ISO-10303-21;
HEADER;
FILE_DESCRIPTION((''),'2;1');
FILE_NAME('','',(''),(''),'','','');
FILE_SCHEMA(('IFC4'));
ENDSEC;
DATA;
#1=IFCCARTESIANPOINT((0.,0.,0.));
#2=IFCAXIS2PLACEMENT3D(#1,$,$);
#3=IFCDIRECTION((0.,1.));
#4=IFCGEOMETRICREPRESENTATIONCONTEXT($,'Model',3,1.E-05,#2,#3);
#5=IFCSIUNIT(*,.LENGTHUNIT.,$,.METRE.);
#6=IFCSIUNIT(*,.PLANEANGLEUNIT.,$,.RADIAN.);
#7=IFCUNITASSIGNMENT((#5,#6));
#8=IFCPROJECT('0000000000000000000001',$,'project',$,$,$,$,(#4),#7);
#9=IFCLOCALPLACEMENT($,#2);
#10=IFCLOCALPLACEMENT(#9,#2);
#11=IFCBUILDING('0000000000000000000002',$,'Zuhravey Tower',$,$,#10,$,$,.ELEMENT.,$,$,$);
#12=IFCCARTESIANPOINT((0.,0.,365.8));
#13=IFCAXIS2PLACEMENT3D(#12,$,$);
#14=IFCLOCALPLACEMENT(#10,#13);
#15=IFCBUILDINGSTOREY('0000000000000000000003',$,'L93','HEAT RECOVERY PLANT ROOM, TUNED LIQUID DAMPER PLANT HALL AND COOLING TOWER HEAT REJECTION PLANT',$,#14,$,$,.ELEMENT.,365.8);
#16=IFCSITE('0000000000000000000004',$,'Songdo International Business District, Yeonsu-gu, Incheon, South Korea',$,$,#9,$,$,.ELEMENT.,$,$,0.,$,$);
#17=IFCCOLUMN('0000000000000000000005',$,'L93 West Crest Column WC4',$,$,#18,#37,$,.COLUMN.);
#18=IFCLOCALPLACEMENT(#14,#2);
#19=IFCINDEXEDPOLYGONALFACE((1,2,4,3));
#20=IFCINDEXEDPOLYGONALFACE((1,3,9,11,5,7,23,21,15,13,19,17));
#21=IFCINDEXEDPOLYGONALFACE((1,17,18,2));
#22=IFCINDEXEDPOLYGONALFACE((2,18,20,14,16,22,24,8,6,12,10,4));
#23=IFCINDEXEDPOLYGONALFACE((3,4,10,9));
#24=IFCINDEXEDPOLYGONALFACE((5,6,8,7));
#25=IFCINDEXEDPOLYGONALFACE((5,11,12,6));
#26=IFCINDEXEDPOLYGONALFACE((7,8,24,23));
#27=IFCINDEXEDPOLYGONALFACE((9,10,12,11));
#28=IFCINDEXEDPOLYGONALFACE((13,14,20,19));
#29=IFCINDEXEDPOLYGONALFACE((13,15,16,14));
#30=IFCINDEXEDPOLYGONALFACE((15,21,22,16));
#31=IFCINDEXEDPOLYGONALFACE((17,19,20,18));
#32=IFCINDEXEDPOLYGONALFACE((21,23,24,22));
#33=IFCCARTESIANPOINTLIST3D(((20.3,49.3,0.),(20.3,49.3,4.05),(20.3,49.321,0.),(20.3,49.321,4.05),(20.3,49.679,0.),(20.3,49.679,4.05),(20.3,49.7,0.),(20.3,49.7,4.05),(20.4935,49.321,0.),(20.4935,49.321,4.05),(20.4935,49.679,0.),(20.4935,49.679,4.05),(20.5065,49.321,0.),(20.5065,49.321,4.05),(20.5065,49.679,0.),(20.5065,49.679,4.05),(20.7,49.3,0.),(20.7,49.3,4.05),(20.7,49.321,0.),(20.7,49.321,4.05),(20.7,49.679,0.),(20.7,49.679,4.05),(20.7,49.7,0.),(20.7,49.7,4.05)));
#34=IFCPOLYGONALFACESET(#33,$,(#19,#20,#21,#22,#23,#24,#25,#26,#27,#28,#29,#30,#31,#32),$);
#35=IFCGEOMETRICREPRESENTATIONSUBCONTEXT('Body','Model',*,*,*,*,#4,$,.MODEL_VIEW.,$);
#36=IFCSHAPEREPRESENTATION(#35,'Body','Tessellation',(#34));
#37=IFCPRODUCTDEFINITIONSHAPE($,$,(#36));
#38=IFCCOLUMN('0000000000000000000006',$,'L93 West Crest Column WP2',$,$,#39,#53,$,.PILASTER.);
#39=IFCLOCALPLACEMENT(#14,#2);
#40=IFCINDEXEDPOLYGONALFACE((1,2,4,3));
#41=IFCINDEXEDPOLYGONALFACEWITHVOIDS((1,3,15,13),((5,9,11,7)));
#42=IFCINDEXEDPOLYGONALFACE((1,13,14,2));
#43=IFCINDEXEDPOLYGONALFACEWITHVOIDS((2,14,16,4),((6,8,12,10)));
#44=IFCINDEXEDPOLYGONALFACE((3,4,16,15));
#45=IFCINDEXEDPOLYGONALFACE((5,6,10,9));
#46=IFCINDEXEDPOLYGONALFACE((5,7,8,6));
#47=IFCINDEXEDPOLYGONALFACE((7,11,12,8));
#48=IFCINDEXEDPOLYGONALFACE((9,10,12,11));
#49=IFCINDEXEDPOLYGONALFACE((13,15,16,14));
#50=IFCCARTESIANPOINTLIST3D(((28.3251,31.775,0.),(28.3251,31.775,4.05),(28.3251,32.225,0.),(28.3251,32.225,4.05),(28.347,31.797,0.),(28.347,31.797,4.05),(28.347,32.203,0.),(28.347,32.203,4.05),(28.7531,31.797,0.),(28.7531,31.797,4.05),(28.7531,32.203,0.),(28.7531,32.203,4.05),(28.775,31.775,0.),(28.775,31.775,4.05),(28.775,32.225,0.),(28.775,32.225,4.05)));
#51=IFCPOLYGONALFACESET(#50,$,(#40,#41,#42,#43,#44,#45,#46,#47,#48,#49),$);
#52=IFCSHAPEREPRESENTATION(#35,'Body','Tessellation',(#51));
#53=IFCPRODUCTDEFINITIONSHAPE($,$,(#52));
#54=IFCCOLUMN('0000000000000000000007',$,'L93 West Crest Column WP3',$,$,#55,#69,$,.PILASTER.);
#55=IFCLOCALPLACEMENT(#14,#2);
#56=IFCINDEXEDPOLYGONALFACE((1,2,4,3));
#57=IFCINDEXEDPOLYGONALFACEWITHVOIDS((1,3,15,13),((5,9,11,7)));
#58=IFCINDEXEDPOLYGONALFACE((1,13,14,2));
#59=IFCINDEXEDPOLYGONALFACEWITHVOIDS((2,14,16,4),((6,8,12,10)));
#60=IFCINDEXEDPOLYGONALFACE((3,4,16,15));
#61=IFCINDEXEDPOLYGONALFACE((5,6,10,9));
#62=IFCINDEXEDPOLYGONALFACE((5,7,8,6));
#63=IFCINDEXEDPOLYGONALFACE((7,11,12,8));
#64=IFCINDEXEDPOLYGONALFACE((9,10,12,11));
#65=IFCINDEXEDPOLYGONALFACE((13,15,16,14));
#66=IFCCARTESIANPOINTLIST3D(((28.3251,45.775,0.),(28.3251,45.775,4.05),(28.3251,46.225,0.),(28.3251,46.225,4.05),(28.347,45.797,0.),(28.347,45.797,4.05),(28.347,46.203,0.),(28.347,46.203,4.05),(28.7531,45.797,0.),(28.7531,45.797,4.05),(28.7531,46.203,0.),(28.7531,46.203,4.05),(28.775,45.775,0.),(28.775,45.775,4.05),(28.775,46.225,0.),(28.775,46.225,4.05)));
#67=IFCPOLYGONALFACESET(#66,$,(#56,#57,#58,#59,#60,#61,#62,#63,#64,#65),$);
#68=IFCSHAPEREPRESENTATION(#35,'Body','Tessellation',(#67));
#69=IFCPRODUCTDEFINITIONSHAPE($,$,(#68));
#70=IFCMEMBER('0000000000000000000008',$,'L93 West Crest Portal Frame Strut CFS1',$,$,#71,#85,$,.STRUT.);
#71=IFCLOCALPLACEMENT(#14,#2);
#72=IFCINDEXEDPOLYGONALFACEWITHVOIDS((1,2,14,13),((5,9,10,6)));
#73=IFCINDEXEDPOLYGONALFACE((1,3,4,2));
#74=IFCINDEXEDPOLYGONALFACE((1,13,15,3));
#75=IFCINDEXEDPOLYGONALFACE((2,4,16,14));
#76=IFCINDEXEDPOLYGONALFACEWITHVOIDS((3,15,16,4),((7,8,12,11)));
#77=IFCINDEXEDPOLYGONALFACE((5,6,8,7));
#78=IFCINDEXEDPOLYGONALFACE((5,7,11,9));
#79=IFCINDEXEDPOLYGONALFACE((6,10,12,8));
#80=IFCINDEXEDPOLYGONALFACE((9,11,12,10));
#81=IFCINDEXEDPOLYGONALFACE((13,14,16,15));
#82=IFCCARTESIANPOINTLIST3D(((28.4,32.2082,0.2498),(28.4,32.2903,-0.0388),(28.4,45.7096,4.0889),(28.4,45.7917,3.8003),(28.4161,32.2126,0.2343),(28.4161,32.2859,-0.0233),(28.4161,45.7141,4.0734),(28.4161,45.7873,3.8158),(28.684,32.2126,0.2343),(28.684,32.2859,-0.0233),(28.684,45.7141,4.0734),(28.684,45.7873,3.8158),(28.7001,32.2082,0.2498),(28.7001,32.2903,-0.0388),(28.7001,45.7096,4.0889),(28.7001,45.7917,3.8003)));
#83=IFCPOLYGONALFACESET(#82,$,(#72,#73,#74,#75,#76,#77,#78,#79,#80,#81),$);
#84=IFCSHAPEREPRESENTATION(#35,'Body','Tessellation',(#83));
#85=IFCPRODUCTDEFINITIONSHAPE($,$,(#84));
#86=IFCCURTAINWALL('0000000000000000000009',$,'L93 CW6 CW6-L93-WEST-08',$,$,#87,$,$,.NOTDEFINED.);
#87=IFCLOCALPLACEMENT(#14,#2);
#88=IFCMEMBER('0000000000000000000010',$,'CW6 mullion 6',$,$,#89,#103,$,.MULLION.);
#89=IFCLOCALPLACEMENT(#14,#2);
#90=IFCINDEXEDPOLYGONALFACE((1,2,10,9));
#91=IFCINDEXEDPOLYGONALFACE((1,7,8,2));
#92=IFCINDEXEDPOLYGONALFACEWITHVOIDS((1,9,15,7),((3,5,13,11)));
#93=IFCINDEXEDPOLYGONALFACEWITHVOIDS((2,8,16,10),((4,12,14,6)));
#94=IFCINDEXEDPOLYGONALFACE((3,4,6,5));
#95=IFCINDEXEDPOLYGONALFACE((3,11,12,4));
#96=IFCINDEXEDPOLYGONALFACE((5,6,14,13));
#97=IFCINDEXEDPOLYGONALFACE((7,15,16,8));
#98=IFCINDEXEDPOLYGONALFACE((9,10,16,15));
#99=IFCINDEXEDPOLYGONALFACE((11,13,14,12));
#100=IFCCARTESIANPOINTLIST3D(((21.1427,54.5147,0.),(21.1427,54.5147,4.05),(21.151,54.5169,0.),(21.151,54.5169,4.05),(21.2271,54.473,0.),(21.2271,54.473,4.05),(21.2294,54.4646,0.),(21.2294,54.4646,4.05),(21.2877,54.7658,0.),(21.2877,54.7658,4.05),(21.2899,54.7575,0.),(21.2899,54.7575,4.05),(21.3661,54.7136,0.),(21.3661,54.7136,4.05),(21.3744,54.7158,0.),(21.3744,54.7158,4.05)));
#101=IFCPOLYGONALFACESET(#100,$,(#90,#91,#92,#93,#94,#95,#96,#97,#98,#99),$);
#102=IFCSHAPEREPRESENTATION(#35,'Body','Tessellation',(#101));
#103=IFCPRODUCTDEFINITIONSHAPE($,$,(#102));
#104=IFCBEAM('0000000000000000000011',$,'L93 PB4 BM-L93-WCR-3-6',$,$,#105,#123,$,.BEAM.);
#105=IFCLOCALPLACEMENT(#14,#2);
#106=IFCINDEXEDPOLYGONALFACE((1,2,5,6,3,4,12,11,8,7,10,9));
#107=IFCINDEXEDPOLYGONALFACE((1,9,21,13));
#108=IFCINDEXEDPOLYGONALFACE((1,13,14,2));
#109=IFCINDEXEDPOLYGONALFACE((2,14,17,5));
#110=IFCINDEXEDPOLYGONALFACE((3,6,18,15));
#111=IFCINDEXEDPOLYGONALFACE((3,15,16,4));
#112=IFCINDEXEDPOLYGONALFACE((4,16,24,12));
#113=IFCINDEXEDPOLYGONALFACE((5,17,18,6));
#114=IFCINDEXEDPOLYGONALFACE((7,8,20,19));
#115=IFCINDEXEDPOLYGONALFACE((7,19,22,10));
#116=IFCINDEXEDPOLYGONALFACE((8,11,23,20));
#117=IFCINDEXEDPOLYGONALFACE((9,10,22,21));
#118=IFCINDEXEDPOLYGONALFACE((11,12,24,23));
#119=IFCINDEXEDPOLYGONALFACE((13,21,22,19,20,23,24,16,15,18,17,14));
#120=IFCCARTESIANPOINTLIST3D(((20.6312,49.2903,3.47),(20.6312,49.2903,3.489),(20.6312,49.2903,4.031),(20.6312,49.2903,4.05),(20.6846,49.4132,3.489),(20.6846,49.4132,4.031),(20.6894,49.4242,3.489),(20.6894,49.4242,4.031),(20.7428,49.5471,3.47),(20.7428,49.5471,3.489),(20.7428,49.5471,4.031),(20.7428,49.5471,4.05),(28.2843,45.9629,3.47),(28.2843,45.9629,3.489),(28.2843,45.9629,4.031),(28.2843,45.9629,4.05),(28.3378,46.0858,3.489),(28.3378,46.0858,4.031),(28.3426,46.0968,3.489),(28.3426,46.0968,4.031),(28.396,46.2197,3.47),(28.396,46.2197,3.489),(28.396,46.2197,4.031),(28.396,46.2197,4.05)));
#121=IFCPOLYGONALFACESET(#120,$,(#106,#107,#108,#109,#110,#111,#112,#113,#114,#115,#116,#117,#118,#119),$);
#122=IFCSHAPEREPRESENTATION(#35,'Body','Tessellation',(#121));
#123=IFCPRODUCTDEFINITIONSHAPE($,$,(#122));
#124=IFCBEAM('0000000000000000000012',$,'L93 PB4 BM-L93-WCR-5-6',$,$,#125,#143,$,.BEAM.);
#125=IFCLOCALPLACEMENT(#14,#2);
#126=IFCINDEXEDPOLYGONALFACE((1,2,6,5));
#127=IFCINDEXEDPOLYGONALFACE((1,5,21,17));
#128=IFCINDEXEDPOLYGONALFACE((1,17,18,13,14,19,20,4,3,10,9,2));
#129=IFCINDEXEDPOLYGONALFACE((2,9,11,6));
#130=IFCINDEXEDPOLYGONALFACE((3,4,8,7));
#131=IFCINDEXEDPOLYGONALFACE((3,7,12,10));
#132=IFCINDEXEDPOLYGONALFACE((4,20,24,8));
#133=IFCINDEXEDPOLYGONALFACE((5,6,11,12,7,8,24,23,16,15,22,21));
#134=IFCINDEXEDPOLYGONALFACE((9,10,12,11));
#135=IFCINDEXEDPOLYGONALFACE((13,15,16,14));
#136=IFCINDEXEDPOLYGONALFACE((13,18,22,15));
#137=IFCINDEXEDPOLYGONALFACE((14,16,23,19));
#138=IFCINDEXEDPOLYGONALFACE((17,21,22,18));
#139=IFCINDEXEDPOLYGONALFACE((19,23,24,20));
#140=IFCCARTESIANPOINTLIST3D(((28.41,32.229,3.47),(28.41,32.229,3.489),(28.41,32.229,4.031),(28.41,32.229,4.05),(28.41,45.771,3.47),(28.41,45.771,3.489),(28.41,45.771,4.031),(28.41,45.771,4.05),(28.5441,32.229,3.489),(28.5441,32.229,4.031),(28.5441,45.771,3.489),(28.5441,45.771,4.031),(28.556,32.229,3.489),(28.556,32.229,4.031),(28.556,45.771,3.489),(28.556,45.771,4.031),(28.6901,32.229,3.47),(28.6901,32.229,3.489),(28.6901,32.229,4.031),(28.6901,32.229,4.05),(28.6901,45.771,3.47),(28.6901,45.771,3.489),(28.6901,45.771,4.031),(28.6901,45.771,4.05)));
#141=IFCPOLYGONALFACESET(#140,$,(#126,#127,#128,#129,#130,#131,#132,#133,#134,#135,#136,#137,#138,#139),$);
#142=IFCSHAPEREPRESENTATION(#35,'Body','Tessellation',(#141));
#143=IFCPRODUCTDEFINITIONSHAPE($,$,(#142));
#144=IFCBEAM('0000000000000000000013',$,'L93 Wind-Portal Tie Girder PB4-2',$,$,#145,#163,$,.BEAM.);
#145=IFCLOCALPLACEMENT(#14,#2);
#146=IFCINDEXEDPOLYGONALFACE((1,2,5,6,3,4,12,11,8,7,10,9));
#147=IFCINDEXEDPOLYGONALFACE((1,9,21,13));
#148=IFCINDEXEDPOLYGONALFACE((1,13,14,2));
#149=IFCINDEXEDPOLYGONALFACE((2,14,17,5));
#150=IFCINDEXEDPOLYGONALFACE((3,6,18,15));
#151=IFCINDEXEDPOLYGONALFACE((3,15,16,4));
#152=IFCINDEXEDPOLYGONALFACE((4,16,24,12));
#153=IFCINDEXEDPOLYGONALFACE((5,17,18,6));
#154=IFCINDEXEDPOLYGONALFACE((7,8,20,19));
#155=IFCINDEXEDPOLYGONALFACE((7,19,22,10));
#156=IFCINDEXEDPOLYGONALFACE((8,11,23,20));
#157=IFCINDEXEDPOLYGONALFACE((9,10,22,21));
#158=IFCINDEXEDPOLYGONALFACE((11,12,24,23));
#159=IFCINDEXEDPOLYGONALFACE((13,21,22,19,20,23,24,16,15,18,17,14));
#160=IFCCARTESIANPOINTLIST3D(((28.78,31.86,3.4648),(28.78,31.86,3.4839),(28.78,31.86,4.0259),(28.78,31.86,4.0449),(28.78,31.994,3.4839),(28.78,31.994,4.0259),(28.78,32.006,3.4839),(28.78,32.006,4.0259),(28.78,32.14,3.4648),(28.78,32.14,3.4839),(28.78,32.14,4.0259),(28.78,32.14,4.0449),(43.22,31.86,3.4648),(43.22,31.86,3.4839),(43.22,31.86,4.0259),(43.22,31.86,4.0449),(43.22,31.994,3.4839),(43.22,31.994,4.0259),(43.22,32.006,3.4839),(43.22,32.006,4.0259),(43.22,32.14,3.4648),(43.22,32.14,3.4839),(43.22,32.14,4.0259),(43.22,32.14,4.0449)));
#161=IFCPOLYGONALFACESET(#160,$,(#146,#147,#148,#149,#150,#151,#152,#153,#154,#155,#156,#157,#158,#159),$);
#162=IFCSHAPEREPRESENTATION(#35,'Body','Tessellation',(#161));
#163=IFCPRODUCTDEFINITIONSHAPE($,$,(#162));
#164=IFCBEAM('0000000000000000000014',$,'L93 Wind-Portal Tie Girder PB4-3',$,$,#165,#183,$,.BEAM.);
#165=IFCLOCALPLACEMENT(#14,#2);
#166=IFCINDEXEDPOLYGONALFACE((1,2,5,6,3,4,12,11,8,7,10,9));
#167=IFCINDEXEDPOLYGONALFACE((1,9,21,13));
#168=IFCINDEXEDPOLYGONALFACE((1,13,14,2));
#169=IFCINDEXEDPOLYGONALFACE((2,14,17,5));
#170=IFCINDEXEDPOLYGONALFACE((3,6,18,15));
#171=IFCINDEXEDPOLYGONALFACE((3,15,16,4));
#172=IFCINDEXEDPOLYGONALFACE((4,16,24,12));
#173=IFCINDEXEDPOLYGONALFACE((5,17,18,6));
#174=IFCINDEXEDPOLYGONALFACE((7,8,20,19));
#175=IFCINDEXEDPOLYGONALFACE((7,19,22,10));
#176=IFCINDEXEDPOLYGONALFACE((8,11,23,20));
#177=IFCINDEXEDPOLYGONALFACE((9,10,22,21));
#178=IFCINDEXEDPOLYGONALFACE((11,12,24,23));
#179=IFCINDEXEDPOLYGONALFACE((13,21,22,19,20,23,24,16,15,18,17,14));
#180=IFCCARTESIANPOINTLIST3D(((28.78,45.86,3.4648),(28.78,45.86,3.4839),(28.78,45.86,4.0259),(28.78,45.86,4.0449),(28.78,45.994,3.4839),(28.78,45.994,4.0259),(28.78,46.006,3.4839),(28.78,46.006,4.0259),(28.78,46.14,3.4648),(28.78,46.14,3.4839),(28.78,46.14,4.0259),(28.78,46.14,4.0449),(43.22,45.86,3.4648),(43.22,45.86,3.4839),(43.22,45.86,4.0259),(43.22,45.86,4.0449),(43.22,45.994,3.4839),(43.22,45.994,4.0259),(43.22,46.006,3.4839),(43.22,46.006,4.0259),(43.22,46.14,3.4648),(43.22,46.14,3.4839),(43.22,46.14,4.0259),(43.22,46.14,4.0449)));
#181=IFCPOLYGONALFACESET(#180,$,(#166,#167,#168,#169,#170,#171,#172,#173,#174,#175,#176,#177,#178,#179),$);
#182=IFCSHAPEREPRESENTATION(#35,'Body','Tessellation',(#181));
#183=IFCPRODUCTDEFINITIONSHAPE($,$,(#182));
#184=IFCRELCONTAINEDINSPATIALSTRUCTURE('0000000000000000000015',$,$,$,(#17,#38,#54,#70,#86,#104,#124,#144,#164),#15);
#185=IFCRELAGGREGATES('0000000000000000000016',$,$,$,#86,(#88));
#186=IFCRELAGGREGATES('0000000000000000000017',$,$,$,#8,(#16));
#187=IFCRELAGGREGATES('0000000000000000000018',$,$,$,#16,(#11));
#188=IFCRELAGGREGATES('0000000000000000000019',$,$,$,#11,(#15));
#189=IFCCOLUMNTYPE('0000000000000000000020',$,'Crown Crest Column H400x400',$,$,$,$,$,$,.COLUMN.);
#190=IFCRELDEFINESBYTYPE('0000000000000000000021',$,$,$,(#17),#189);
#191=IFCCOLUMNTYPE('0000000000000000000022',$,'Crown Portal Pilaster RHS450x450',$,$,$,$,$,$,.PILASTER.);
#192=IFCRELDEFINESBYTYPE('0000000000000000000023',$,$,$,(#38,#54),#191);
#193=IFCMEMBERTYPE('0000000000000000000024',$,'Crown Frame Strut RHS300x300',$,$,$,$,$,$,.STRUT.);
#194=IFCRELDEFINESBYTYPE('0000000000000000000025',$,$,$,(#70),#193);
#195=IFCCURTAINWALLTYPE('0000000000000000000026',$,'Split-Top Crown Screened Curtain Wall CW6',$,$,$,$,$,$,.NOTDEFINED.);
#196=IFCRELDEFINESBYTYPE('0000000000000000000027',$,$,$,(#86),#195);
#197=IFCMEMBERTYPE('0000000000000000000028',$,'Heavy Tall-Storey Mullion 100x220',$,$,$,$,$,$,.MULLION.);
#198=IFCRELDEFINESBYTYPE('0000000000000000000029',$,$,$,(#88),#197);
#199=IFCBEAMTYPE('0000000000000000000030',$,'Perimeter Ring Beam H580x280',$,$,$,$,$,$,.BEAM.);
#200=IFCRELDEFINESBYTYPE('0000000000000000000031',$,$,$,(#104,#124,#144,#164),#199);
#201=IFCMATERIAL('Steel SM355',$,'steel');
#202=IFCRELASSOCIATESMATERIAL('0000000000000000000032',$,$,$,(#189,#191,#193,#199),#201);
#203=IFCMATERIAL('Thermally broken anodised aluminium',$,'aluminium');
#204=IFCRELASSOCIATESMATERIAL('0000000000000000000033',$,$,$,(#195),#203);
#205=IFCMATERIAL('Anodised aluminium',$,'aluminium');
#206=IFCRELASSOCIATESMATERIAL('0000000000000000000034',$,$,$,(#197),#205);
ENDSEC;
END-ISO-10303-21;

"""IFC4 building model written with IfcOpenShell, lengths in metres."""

from ifc_helpers import new_model, si_unit, direction, frame, origin, origin_2d, place, context, subcontext, project, spatial, hollow_rectangle, i_section, extrude, material, material_profile, profile_set, type_object, element, aggregate, save


model = new_model("IFC4")

# Units and contexts
model_context = context("Model", 3, precision=1e-05, world=origin(), true_north=direction((0.0, 1.0)))
body_context = subcontext(model_context, "Body", "Model", "MODEL_VIEW")
ifc_project = project(units=[si_unit("LENGTHUNIT", "METRE"), si_unit("PLANEANGLEUNIT", "RADIAN")], contexts=[model_context])

# Site, building, storey
site_placement = place(None, origin())
site = spatial("IfcSite", under=ifc_project, at=site_placement, Name="Songdo International Business District, Yeonsu-gu, Incheon, South Korea", CompositionType="ELEMENT", RefElevation=0.0)
building_placement = place(site_placement, origin())
building = spatial("IfcBuilding", under=site, at=building_placement, Name="Zuhravey Tower", CompositionType="ELEMENT")
storey_placement = place(building_placement, frame((0.0, 0.0, 365.8)))
storey = spatial("IfcBuildingStorey", under=building, at=storey_placement, Name="L93", Description="HEAT RECOVERY PLANT ROOM, TUNED LIQUID DAMPER PLANT HALL AND COOLING TOWER HEAT REJECTION PLANT", CompositionType="ELEMENT", Elevation=365.8)

# Columns
ifc_material_1 = material(Name="Steel SM355", Category="steel")
ifc_material_profile_1 = material_profile(ifc_material_1, i_section(OverallWidth=0.3999, OverallDepth=0.3999, WebThickness=0.0129, FlangeThickness=0.021, at=origin_2d()), Name="H-400x400x13x21")
ifc_profile_set_1 = profile_set([ifc_material_profile_1], Name="Steel SM355")
column_type_1 = type_object("IfcColumnType", Name="Crown Crest Column H400x400", PredefinedType="COLUMN", material=ifc_profile_set_1)
column_placement = place(storey_placement, frame((20.5, 49.5, 0.0), z_axis=(0.0, 0.0, 1.0), x_axis=(1.0, 0.0, 0.0)))
element("IfcColumn", 1, at=column_placement, inside=storey, type_object=column_type_1, Name="L93 West Crest Column WC4", PredefinedType="COLUMN", context=body_context, shape_type="SweptSolid", body=[
    extrude(i_section(OverallWidth=0.3999, OverallDepth=0.3999, WebThickness=0.0129, FlangeThickness=0.021, at=origin_2d()), origin(), (0.0, 0.0, 1.0), 4.05),
])
ifc_material_profile_2 = material_profile(ifc_material_1, hollow_rectangle(XDim=0.45, YDim=0.45, WallThickness=0.022, at=origin_2d()), Name="RHS-450x450x22")
ifc_profile_set_2 = profile_set([ifc_material_profile_2], Name="Steel SM355")
column_type_2 = type_object("IfcColumnType", Name="Crown Portal Pilaster RHS450x450", PredefinedType="PILASTER", material=ifc_profile_set_2)
for number, where, z_axis, x_axis, name in (
    (2, (28.55, 32.0, 0.0), (0.0, 0.0, 1.0), (1.0, 0.0, 0.0), "L93 West Crest Column WP2"),
    (3, (28.55, 46.0, 0.0), (0.0, 0.0, 1.0), (1.0, 0.0, 0.0), "L93 West Crest Column WP3"),
):
    element("IfcColumn", number, at=place(storey_placement, frame(where, z_axis=z_axis, x_axis=x_axis)), inside=storey, type_object=column_type_2, Name=name, PredefinedType="PILASTER", context=body_context, shape_type="SweptSolid", body=[
        extrude(hollow_rectangle(XDim=0.45, YDim=0.45, WallThickness=0.022, at=origin_2d()), origin(), (0.0, 0.0, 1.0), 4.05),
    ])

# Member
ifc_material_profile_3 = material_profile(ifc_material_1, hollow_rectangle(XDim=0.3, YDim=0.3, WallThickness=0.0161, at=origin_2d()), Name="RHS-300x300x16")
ifc_profile_set_3 = profile_set([ifc_material_profile_3], Name="Steel SM355")
member_type_1 = type_object("IfcMemberType", Name="Crown Frame Strut RHS300x300", PredefinedType="STRUT", material=ifc_profile_set_3)
member_1_placement = place(storey_placement, frame((28.55, 32.2493, 0.1055), z_axis=(0.0, 0.96187, 0.273506), x_axis=(-1.0, 0.0, 0.0)))
element("IfcMember", 4, at=member_1_placement, inside=storey, type_object=member_type_1, Name="L93 West Crest Portal Frame Strut CFS1", PredefinedType="STRUT", context=body_context, shape_type="SweptSolid", body=[
    extrude(hollow_rectangle(XDim=0.3, YDim=0.3, WallThickness=0.0161, at=origin_2d()), origin(), (0.0, 0.0, 1.0), 14.0366),
])

# Curtain wall, member
ifc_material_2 = material(Name="Thermally broken anodised aluminium", Category="aluminium")
curtain_wall_type = type_object("IfcCurtainWallType", Name="Split-Top Crown Screened Curtain Wall CW6", PredefinedType="NOTDEFINED", material=ifc_material_2)
curtain_wall_placement = place(storey_placement, origin())
curtain_wall = element("IfcCurtainWall", 5, at=curtain_wall_placement, inside=storey, type_object=curtain_wall_type, Name="L93 CW6 CW6-L93-WEST-08", PredefinedType="NOTDEFINED")
ifc_material_3 = material(Name="Anodised aluminium", Category="aluminium")
ifc_material_profile_4 = material_profile(ifc_material_3, hollow_rectangle(XDim=0.1001, YDim=0.29, WallThickness=0.0061, at=origin_2d()), Name="ALU-RHS-100x290x6")
ifc_profile_set_4 = profile_set([ifc_material_profile_4], Name="Anodised aluminium")
member_type_2 = type_object("IfcMemberType", Name="Heavy Tall-Storey Mullion 100x220", PredefinedType="MULLION", material=ifc_profile_set_4)
member_2_placement = place(storey_placement, frame((21.2585, 54.6152, 0.0), z_axis=(0.0, 0.0, 1.0), x_axis=(-0.866027, 0.499997, 0.0)))
member_2 = element("IfcMember", 6, at=member_2_placement, type_object=member_type_2, Name="CW6 mullion 6", PredefinedType="MULLION", context=body_context, shape_type="SweptSolid", body=[
    extrude(hollow_rectangle(XDim=0.1001, YDim=0.29, WallThickness=0.0061, at=origin_2d()), origin(), (0.0, 0.0, 1.0), 4.05),
])

# Beams
ifc_material_profile_5 = material_profile(ifc_material_1, i_section(OverallWidth=0.28, OverallDepth=0.5801, WebThickness=0.012, FlangeThickness=0.019, at=origin_2d()), Name="H-580x280x12x19")
ifc_profile_set_5 = profile_set([ifc_material_profile_5], Name="Steel SM355")
beam_type = type_object("IfcBeamType", Name="Perimeter Ring Beam H580x280", PredefinedType="BEAM", material=ifc_profile_set_5)
beam_1_placement = place(storey_placement, frame((20.687, 49.4187, 3.76), z_axis=(0.917071, -0.398723, 0.0), x_axis=(0.398723, 0.917071, 0.0)))
element("IfcBeam", 7, at=beam_1_placement, inside=storey, type_object=beam_type, Name="L93 PB4 BM-L93-WCR-3-6", PredefinedType="BEAM", context=body_context, shape_type="SweptSolid", body=[
    extrude(i_section(OverallWidth=0.28, OverallDepth=0.5801, WebThickness=0.012, FlangeThickness=0.019, at=origin_2d()), origin(), (0.0, 0.0, 1.0), 8.3452),
])
beam_2_placement = place(storey_placement, frame((28.55, 32.229, 3.76), z_axis=(0.0, 1.0, 0.0), x_axis=(-1.0, 0.0, 0.0)))
element("IfcBeam", 8, at=beam_2_placement, inside=storey, type_object=beam_type, Name="L93 PB4 BM-L93-WCR-5-6", PredefinedType="BEAM", context=body_context, shape_type="SweptSolid", body=[
    extrude(i_section(OverallWidth=0.28, OverallDepth=0.5801, WebThickness=0.012, FlangeThickness=0.019, at=origin_2d()), origin(), (0.0, 0.0, 1.0), 13.542),
])
for number, where, z_axis, x_axis, name in (
    (9, (28.78, 32.0, 3.7549), (1.0, 0.0, 0.0), (0.0, 1.0, 0.0), "L93 Wind-Portal Tie Girder PB4-2"),
    (10, (28.78, 46.0, 3.7549), (1.0, 0.0, 0.0), (0.0, 1.0, 0.0), "L93 Wind-Portal Tie Girder PB4-3"),
):
    element("IfcBeam", number, at=place(storey_placement, frame(where, z_axis=z_axis, x_axis=x_axis)), inside=storey, type_object=beam_type, Name=name, PredefinedType="BEAM", context=body_context, shape_type="SweptSolid", body=[
        extrude(i_section(OverallWidth=0.28, OverallDepth=0.5801, WebThickness=0.012, FlangeThickness=0.019, at=origin_2d()), origin(), (0.0, 0.0, 1.0), 14.4399),
    ])

aggregate(curtain_wall, [member_2])

save(model, "model.ifc")
